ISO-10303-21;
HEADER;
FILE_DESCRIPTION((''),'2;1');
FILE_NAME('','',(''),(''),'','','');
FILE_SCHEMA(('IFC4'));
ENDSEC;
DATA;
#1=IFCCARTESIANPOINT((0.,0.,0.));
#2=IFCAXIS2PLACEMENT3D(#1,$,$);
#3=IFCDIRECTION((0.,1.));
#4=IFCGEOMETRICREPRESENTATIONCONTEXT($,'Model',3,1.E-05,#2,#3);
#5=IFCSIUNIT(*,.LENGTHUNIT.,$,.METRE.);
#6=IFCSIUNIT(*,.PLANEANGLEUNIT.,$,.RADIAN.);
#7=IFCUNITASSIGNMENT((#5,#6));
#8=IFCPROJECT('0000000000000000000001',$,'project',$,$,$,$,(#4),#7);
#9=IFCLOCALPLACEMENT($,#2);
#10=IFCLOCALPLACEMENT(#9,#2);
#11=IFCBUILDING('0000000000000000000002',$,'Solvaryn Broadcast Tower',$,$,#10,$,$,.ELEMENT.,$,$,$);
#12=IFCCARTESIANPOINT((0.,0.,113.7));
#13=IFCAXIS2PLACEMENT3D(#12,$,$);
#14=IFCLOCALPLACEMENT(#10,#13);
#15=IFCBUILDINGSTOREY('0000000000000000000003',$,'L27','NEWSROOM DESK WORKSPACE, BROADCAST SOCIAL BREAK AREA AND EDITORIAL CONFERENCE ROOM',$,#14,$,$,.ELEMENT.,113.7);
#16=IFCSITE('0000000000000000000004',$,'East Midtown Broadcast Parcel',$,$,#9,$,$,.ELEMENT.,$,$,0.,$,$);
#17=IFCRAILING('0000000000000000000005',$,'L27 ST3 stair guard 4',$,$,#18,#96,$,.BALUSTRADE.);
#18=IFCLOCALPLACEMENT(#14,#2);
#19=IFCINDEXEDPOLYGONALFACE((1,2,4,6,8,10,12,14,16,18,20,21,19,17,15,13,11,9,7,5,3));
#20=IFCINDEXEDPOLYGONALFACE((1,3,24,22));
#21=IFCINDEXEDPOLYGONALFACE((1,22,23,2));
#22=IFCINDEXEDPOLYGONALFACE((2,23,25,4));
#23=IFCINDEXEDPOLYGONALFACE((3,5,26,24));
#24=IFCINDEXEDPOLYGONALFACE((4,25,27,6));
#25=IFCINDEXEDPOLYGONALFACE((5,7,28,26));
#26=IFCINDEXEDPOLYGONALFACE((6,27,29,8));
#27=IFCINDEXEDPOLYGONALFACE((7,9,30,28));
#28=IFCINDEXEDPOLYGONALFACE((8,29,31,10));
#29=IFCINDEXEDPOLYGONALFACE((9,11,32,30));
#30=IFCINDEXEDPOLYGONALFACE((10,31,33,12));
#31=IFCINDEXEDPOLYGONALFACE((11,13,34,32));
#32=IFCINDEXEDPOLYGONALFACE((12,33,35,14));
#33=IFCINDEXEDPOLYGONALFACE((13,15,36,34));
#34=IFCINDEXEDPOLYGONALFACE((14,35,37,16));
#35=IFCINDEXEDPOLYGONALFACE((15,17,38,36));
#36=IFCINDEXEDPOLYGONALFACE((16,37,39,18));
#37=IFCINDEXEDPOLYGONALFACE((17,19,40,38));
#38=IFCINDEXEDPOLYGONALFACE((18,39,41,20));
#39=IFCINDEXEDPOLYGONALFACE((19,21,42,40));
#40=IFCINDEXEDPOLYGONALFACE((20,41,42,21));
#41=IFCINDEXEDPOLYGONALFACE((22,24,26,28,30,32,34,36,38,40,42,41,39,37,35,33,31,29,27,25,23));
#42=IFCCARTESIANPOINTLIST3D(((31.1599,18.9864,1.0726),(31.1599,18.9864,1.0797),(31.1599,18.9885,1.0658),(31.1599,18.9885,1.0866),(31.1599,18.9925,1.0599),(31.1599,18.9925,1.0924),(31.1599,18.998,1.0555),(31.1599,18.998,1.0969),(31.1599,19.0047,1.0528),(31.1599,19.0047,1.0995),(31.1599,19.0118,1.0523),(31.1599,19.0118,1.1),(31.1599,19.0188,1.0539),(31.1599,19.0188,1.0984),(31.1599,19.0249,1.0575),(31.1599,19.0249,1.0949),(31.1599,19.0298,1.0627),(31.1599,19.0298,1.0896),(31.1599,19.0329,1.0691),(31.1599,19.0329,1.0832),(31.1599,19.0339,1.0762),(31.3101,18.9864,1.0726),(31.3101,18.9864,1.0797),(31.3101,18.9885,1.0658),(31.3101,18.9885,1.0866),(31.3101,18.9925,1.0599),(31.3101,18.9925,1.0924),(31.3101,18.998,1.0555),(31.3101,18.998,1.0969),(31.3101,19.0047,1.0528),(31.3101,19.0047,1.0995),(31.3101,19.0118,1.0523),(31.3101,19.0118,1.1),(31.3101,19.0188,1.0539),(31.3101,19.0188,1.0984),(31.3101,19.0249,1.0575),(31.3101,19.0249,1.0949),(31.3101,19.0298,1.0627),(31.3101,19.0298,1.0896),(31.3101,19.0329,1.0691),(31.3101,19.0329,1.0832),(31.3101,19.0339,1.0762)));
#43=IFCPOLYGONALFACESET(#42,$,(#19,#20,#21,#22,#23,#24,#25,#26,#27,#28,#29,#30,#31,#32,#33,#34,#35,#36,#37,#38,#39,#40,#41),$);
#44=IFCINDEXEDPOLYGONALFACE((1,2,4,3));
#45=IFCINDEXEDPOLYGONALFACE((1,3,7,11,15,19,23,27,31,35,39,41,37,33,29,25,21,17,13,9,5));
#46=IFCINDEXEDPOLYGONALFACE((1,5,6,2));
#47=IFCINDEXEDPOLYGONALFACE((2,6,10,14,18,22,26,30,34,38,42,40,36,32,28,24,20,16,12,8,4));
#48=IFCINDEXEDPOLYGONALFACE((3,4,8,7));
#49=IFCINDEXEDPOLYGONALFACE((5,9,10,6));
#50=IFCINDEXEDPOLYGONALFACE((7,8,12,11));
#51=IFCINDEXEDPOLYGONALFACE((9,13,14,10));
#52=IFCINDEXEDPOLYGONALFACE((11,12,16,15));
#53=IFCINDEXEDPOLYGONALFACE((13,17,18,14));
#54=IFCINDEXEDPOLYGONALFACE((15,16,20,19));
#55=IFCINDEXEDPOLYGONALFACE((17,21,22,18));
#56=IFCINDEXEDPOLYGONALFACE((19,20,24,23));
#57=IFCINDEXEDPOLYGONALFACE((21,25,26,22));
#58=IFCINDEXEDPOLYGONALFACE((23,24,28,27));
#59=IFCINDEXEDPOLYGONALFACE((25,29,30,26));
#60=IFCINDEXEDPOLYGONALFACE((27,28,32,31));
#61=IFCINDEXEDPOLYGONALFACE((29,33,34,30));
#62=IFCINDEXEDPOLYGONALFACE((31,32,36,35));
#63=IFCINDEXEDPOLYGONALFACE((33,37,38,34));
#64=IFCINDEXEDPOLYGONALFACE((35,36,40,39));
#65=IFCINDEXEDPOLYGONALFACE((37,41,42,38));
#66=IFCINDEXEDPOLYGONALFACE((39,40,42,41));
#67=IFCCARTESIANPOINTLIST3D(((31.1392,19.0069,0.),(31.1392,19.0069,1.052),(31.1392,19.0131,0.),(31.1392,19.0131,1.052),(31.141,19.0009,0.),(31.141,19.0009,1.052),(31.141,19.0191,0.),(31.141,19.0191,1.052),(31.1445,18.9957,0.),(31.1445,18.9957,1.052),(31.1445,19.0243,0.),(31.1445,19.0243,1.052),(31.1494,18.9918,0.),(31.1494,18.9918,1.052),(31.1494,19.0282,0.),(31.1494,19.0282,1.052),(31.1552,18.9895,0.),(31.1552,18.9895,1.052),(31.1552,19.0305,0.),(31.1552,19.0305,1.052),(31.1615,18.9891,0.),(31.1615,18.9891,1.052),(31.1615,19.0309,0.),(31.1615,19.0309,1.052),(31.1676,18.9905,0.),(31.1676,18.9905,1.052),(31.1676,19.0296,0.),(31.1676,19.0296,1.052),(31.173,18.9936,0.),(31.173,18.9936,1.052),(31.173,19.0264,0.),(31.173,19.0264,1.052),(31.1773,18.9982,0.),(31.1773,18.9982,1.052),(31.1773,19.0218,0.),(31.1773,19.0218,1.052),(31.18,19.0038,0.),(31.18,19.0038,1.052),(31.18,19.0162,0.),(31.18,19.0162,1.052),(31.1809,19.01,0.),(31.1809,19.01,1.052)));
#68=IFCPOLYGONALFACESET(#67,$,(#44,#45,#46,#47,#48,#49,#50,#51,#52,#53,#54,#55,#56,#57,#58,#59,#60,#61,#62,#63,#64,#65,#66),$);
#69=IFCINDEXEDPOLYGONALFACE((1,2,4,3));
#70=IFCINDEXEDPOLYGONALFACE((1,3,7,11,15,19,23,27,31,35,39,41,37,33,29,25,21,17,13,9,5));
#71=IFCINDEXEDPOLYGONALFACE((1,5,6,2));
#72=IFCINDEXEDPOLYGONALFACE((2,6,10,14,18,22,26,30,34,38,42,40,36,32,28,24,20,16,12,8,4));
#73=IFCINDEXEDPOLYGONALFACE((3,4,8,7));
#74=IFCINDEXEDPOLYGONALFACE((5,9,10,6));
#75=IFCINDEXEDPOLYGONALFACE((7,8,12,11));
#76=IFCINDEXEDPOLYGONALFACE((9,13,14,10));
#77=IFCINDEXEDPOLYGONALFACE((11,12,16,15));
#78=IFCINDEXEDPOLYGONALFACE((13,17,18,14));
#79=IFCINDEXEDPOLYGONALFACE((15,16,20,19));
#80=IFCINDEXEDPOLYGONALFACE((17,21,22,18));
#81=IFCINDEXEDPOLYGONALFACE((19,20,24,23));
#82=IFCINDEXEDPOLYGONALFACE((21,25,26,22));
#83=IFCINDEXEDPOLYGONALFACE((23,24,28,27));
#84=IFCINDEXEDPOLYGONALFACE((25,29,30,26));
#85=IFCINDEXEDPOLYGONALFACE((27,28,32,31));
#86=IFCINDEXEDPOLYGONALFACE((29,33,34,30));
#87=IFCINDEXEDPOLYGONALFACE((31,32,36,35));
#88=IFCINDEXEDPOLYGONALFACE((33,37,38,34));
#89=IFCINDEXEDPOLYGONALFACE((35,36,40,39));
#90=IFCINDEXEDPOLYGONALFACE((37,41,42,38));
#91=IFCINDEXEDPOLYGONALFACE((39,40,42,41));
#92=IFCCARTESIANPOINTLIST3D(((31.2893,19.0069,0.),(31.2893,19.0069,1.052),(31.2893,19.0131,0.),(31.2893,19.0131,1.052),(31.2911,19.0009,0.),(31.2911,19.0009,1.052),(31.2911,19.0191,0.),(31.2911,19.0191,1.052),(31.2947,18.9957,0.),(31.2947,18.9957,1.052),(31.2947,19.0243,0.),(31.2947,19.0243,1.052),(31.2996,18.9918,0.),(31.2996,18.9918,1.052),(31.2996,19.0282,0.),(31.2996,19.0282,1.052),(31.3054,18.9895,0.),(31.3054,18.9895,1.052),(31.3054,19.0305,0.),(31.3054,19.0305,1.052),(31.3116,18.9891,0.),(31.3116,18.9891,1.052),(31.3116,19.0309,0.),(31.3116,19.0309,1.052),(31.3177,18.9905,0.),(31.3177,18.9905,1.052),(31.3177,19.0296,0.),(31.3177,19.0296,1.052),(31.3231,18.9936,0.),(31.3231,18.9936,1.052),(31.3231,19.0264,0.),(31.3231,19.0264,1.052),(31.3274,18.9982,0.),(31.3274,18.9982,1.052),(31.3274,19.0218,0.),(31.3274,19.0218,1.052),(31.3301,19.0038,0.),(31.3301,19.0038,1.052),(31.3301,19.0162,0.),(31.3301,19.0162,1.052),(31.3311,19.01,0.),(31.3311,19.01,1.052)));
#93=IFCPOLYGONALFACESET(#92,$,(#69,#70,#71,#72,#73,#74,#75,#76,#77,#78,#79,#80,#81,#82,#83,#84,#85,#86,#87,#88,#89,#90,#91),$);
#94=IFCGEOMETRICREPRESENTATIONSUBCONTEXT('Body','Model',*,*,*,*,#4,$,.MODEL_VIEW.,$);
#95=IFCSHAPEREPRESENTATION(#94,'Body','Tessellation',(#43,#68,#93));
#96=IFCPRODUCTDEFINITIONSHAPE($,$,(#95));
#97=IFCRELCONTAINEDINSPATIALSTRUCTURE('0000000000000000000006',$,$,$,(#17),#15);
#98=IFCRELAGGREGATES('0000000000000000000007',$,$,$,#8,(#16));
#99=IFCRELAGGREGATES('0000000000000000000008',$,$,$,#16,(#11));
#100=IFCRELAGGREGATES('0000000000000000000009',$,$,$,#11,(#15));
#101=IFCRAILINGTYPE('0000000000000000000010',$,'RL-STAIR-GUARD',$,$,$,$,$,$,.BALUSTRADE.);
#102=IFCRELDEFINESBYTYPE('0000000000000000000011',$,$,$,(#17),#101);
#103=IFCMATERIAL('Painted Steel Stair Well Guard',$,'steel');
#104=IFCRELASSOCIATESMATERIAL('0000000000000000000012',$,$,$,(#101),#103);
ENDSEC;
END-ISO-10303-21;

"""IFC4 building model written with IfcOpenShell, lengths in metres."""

from ifc_helpers import new_model, si_unit, direction, frame, origin, origin_2d, place, context, subcontext, project, spatial, circle, extrude, material, type_object, element, save


model = new_model("IFC4")

# Units and contexts
model_context = context("Model", 3, precision=1e-05, world=origin(), true_north=direction((0.0, 1.0)))
body_context = subcontext(model_context, "Body", "Model", "MODEL_VIEW")
ifc_project = project(units=[si_unit("LENGTHUNIT", "METRE"), si_unit("PLANEANGLEUNIT", "RADIAN")], contexts=[model_context])

# Site, building, storey
site_placement = place(None, origin())
site = spatial("IfcSite", under=ifc_project, at=site_placement, Name="East Midtown Broadcast Parcel", CompositionType="ELEMENT", RefElevation=0.0)
building_placement = place(site_placement, origin())
building = spatial("IfcBuilding", under=site, at=building_placement, Name="Solvaryn Broadcast Tower", CompositionType="ELEMENT")
storey_placement = place(building_placement, frame((0.0, 0.0, 113.7)))
storey = spatial("IfcBuildingStorey", under=building, at=storey_placement, Name="L27", Description="NEWSROOM DESK WORKSPACE, BROADCAST SOCIAL BREAK AREA AND EDITORIAL CONFERENCE ROOM", CompositionType="ELEMENT", Elevation=113.7)

# Railing
ifc_material_1 = material(Name="Painted Steel Stair Well Guard", Category="steel")
railing_type_1 = type_object("IfcRailingType", Name="RL-STAIR-GUARD", PredefinedType="BALUSTRADE", material=ifc_material_1)
railing_1_placement = place(storey_placement, frame((31.1599, 19.01, 0.0)))
element("IfcRailing", 1, at=railing_1_placement, inside=storey, type_object=railing_type_1, Name="L27 ST3 stair guard 4", PredefinedType="BALUSTRADE", context=body_context, shape_type="SweptSolid", body=[
    extrude(circle(Radius=0.0239, at=origin_2d()), frame((0.0, 0.0, 1.0762), z_axis=(1.0, 0.0, 0.0), x_axis=(0.0, 1.0, 0.0)), (0.0, 0.0, 1.0), 0.1501),
    extrude(circle(Radius=0.021, at=origin_2d()), origin(), (0.0, 0.0, 1.0), 1.052),
    extrude(circle(Radius=0.021, at=origin_2d()), frame((0.1501, 0.0, 0.0)), (0.0, 0.0, 1.0), 1.052),
])

save(model, "model.ifc")
